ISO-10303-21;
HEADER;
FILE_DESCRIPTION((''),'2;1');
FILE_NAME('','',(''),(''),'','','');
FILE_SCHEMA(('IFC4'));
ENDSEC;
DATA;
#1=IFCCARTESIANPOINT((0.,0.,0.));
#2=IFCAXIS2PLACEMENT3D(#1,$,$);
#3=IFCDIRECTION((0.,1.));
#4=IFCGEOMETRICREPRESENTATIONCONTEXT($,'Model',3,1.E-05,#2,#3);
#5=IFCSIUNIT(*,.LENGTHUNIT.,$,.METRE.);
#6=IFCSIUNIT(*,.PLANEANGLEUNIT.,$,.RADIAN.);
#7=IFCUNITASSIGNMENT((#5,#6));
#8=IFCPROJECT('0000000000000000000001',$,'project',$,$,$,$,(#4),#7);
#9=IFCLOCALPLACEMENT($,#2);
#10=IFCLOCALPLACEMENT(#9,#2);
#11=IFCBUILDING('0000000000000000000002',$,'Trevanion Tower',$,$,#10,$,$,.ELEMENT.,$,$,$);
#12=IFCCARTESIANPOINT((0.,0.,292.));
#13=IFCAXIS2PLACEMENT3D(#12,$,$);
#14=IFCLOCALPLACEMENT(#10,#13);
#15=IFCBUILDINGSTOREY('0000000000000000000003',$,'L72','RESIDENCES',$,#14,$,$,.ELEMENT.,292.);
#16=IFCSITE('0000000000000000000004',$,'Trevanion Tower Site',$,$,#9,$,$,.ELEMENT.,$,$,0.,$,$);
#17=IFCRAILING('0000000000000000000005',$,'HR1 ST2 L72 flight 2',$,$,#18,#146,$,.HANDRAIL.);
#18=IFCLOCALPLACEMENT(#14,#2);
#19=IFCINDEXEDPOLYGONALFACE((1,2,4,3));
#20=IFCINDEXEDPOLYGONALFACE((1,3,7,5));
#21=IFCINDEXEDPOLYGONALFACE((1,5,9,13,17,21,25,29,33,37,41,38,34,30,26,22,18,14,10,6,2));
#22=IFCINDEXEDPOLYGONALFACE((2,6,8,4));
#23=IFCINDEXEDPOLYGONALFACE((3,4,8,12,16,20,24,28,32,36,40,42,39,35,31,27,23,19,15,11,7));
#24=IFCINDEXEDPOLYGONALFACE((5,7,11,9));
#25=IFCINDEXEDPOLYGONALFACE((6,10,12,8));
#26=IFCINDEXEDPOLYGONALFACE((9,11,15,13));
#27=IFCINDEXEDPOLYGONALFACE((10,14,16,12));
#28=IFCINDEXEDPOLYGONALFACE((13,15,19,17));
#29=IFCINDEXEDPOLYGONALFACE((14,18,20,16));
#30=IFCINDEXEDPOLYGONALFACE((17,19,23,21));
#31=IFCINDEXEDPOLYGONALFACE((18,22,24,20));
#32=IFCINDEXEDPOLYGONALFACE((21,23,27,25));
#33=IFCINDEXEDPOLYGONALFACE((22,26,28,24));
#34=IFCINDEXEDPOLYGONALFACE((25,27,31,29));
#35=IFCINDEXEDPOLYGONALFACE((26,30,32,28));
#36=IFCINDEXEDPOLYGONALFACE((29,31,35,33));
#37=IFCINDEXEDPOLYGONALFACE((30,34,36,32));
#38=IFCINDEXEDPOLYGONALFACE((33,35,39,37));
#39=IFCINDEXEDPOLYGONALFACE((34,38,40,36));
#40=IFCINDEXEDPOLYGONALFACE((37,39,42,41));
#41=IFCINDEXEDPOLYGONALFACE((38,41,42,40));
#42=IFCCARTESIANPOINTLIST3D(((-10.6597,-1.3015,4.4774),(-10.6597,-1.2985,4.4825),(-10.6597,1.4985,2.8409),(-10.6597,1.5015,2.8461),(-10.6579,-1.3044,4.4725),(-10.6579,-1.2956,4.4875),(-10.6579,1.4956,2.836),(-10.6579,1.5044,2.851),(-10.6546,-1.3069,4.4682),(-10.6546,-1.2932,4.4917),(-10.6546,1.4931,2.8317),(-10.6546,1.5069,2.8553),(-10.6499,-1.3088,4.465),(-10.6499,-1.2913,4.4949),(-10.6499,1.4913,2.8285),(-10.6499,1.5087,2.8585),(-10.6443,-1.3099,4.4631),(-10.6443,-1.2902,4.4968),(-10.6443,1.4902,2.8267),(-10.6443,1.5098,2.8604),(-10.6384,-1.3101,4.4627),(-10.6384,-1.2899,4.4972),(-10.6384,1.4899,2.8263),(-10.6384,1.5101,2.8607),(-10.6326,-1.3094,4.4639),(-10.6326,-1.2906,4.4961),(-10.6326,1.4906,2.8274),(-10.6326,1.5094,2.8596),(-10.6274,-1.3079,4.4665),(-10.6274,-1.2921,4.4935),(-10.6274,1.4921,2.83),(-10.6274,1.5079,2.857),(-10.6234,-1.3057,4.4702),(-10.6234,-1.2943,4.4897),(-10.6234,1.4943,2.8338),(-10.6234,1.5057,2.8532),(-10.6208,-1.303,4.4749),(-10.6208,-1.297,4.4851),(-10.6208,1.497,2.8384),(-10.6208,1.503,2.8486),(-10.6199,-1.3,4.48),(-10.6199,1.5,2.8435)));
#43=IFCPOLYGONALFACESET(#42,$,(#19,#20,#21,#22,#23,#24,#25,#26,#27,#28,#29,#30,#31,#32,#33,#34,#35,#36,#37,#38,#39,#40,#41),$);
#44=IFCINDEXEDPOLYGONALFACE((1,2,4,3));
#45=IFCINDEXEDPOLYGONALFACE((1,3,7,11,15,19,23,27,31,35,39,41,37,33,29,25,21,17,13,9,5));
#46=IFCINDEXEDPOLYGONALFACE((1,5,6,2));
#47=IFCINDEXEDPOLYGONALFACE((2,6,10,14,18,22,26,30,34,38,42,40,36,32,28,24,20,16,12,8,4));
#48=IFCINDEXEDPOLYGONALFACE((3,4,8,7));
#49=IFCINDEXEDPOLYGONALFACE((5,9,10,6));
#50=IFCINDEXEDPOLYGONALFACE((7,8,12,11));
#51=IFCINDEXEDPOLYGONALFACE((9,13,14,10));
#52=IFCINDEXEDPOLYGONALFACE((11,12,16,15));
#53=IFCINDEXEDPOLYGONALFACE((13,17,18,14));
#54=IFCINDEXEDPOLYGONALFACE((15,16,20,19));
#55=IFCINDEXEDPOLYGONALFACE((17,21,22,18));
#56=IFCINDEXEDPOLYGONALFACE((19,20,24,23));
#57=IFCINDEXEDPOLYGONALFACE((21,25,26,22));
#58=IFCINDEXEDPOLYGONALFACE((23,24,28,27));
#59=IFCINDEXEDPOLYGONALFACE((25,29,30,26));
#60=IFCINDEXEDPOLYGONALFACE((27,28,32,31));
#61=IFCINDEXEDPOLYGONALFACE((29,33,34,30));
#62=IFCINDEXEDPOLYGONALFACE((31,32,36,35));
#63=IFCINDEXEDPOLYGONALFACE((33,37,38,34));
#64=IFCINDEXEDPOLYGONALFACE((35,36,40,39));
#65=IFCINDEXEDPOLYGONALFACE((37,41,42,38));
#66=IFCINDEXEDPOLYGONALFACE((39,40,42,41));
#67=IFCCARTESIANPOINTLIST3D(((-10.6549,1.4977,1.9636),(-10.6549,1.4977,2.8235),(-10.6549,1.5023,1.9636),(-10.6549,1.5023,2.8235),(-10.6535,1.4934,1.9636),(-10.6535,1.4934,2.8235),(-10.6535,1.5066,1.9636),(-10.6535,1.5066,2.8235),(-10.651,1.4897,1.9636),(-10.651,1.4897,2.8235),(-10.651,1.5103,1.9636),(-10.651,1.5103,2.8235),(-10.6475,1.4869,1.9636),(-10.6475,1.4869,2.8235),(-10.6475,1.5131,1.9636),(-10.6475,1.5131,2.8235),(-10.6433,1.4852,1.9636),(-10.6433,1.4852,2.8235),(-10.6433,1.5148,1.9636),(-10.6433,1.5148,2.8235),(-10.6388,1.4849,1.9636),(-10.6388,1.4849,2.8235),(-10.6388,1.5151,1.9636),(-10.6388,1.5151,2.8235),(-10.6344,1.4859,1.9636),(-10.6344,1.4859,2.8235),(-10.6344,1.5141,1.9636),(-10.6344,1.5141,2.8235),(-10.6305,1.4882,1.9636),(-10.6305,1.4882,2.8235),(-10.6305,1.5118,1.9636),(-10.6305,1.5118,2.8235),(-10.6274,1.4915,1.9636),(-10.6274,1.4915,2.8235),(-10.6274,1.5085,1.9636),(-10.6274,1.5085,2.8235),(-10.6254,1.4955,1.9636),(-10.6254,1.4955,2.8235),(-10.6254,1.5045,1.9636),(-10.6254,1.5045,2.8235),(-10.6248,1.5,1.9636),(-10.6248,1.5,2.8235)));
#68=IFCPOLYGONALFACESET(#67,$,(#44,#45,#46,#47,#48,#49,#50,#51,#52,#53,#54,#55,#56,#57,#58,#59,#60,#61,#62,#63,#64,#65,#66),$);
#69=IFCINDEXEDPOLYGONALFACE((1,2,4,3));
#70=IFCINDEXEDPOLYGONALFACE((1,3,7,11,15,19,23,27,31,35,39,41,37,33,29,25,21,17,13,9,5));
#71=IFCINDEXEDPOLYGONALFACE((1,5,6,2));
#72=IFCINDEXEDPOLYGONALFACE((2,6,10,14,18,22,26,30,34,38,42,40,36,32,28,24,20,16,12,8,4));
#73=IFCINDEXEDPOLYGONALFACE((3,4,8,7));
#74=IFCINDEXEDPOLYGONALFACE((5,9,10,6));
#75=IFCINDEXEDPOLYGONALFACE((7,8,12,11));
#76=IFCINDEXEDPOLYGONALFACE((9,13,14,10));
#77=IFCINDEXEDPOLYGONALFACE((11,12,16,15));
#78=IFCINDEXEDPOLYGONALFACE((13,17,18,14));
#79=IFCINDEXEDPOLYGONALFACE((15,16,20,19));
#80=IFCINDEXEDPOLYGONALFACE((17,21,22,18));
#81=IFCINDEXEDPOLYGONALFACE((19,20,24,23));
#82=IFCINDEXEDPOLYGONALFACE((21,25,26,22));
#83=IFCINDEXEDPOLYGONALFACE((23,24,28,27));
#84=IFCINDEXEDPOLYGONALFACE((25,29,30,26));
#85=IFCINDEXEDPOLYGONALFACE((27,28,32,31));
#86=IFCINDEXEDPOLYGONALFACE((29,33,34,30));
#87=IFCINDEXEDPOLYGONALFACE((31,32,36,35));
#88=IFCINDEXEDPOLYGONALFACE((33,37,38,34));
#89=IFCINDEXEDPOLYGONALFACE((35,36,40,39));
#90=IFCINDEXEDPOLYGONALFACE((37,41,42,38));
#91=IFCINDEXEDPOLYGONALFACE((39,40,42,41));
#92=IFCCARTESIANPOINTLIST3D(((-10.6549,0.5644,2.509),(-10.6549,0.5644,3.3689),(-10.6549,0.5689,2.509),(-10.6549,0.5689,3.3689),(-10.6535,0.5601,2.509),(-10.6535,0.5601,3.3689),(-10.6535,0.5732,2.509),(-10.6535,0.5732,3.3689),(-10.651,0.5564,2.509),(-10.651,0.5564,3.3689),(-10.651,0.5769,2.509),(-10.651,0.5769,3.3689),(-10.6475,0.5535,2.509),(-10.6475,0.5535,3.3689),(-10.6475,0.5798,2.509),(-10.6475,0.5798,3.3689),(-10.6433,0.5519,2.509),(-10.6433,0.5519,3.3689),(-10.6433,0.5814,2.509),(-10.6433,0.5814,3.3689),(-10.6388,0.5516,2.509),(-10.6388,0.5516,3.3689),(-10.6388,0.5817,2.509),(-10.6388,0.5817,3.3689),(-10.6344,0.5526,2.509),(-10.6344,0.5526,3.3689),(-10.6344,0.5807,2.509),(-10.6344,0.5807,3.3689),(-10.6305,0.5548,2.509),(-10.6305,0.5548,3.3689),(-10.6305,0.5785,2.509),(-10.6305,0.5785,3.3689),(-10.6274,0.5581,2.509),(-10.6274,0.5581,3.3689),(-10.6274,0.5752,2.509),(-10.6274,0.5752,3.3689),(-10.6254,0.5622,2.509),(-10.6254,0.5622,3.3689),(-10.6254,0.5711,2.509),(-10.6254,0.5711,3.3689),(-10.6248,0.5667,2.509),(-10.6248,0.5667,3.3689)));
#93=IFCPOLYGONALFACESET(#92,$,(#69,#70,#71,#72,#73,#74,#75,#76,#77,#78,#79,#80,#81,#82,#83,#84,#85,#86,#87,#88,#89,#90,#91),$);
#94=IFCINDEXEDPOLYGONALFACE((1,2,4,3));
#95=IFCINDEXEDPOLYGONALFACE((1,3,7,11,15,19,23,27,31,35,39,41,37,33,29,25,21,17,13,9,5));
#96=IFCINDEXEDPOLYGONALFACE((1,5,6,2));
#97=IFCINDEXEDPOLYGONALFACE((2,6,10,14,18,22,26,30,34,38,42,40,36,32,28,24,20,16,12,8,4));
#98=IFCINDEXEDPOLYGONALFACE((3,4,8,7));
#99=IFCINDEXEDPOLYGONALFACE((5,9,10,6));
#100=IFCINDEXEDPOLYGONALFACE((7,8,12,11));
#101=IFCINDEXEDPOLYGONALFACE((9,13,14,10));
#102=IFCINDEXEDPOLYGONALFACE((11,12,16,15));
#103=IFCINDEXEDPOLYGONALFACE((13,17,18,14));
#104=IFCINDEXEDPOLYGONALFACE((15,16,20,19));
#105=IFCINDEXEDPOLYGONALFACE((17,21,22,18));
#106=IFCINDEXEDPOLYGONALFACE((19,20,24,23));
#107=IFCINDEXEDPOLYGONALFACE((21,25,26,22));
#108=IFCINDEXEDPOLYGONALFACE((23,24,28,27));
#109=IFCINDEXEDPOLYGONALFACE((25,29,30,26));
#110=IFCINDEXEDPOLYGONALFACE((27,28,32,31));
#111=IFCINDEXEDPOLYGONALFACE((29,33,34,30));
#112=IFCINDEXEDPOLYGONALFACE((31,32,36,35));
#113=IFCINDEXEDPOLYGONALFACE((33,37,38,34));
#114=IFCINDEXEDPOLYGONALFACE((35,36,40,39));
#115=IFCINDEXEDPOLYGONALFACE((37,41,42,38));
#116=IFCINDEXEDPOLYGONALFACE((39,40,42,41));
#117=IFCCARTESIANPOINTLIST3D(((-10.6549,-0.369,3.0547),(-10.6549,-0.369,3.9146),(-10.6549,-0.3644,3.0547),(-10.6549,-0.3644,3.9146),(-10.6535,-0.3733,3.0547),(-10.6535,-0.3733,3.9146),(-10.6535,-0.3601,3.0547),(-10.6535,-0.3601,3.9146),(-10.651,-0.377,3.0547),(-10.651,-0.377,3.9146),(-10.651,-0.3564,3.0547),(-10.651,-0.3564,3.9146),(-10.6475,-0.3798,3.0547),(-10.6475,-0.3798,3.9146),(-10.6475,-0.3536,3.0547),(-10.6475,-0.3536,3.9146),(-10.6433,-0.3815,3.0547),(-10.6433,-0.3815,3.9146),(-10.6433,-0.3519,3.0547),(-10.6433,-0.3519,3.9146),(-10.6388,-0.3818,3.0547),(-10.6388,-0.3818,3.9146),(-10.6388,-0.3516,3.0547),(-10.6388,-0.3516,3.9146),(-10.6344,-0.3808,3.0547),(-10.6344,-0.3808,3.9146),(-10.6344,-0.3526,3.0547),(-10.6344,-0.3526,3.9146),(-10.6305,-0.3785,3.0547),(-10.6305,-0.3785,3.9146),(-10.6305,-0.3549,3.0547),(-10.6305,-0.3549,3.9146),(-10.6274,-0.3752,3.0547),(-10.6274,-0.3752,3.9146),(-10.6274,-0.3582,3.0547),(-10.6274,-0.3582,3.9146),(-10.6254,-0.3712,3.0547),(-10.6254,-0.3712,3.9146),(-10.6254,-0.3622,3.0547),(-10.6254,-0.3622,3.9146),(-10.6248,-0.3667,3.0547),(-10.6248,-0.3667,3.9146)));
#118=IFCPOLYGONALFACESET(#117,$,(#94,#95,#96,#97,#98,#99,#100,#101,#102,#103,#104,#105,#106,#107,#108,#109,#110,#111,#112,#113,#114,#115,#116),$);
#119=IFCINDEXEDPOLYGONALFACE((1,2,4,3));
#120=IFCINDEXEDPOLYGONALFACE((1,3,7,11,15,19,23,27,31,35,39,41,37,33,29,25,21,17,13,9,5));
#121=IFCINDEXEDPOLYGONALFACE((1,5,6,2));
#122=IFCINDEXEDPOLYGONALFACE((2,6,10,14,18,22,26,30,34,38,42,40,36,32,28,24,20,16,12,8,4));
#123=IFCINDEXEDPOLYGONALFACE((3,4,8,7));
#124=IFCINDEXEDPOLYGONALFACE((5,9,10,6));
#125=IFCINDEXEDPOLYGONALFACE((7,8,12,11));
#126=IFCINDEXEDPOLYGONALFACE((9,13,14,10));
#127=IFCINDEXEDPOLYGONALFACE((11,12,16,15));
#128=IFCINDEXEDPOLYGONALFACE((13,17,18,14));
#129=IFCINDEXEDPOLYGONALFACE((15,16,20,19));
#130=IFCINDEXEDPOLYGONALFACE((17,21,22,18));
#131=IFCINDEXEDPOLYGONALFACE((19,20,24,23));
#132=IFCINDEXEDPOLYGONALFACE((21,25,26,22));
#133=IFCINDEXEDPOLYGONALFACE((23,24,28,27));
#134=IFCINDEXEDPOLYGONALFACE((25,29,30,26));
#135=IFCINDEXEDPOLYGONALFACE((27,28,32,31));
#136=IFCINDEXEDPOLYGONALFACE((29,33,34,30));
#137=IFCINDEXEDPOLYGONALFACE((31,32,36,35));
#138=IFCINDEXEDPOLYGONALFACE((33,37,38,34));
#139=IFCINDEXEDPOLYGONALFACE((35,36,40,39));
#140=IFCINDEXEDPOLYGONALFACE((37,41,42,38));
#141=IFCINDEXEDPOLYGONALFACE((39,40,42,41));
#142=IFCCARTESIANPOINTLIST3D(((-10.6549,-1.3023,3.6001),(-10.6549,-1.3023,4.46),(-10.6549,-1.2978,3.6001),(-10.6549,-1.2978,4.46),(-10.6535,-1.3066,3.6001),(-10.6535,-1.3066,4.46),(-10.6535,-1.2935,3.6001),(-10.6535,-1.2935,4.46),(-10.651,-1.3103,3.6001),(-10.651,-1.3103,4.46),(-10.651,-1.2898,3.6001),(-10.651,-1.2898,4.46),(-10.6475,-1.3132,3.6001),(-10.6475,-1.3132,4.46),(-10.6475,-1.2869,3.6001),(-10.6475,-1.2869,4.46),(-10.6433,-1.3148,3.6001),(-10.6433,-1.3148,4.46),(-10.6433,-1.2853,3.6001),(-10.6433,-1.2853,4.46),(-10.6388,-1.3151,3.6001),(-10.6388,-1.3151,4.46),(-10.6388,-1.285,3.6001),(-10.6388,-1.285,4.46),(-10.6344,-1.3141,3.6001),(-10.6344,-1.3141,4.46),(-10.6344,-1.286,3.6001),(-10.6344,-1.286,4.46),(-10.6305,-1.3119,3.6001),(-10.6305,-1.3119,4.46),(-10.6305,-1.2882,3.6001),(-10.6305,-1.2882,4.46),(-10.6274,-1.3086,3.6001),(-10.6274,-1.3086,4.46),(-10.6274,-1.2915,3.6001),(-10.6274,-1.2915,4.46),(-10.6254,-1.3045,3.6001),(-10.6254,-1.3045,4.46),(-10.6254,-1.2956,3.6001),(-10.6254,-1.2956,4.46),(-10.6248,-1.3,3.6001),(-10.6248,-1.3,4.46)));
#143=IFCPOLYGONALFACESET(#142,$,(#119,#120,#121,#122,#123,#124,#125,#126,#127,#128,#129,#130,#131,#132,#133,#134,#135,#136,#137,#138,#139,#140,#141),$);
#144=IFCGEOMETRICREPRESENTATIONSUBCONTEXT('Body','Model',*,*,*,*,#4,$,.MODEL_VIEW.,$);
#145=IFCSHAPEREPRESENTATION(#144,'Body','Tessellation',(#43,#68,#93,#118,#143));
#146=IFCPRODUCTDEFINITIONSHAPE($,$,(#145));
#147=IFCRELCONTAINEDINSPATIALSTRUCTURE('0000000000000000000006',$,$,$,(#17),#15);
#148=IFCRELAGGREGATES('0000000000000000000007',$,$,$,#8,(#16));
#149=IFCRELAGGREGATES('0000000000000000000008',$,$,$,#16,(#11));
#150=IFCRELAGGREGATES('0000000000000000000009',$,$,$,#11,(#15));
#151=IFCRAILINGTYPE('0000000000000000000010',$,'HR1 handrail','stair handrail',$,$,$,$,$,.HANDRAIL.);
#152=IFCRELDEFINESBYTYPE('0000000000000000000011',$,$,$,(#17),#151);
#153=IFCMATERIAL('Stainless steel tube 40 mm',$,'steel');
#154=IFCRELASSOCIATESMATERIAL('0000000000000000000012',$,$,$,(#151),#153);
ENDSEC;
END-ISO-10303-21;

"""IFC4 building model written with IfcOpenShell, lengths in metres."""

from ifc_helpers import new_model, si_unit, direction, frame, origin, origin_2d, place, context, subcontext, project, spatial, circle, extrude, material, type_object, element, save


model = new_model("IFC4")

# Units and contexts
model_context = context("Model", 3, precision=1e-05, world=origin(), true_north=direction((0.0, 1.0)))
body_context = subcontext(model_context, "Body", "Model", "MODEL_VIEW")
ifc_project = project(units=[si_unit("LENGTHUNIT", "METRE"), si_unit("PLANEANGLEUNIT", "RADIAN")], contexts=[model_context])

# Site, building, storey
site_placement = place(None, origin())
site = spatial("IfcSite", under=ifc_project, at=site_placement, Name="Trevanion Tower Site", CompositionType="ELEMENT", RefElevation=0.0)
building_placement = place(site_placement, origin())
building = spatial("IfcBuilding", under=site, at=building_placement, Name="Trevanion Tower", CompositionType="ELEMENT")
storey_placement = place(building_placement, frame((0.0, 0.0, 292.0)))
storey = spatial("IfcBuildingStorey", under=building, at=storey_placement, Name="L72", Description="RESIDENCES", CompositionType="ELEMENT", Elevation=292.0)

# Railing
ifc_material_1 = material(Name="Stainless steel tube 40 mm", Category="steel")
railing_type = type_object("IfcRailingType", Name="HR1 handrail", Description="stair handrail", PredefinedType="HANDRAIL", material=ifc_material_1)
for number, where, name in (
    (1, (-10.6399, 1.5, 1.9636), "HR1 ST2 L72 flight 2"),
):
    element("IfcRailing", number, at=place(storey_placement, frame(where)), inside=storey, type_object=railing_type, Name=name, PredefinedType="HANDRAIL", context=body_context, shape_type="SweptSolid", body=[
        extrude(circle(Radius=0.02, at=origin_2d()), frame((0.0, 0.0, 0.8799), z_axis=(0.0, -0.863361, 0.504587), x_axis=(1.0, 0.0, 0.0)), (0.0, 0.0, 1.0), 3.2432),
        extrude(circle(Radius=0.0151, at=origin_2d()), origin(), (0.0, 0.0, 1.0), 0.8599),
        extrude(circle(Radius=0.0151, at=origin_2d()), frame((0.0, -0.9333, 0.5454)), (0.0, 0.0, 1.0), 0.8599),
        extrude(circle(Radius=0.0151, at=origin_2d()), frame((0.0, -1.8667, 1.0911)), (0.0, 0.0, 1.0), 0.8599),
        extrude(circle(Radius=0.0151, at=origin_2d()), frame((0.0, -2.8, 1.6365)), (0.0, 0.0, 1.0), 0.8599),
    ])

save(model, "model.ifc")
